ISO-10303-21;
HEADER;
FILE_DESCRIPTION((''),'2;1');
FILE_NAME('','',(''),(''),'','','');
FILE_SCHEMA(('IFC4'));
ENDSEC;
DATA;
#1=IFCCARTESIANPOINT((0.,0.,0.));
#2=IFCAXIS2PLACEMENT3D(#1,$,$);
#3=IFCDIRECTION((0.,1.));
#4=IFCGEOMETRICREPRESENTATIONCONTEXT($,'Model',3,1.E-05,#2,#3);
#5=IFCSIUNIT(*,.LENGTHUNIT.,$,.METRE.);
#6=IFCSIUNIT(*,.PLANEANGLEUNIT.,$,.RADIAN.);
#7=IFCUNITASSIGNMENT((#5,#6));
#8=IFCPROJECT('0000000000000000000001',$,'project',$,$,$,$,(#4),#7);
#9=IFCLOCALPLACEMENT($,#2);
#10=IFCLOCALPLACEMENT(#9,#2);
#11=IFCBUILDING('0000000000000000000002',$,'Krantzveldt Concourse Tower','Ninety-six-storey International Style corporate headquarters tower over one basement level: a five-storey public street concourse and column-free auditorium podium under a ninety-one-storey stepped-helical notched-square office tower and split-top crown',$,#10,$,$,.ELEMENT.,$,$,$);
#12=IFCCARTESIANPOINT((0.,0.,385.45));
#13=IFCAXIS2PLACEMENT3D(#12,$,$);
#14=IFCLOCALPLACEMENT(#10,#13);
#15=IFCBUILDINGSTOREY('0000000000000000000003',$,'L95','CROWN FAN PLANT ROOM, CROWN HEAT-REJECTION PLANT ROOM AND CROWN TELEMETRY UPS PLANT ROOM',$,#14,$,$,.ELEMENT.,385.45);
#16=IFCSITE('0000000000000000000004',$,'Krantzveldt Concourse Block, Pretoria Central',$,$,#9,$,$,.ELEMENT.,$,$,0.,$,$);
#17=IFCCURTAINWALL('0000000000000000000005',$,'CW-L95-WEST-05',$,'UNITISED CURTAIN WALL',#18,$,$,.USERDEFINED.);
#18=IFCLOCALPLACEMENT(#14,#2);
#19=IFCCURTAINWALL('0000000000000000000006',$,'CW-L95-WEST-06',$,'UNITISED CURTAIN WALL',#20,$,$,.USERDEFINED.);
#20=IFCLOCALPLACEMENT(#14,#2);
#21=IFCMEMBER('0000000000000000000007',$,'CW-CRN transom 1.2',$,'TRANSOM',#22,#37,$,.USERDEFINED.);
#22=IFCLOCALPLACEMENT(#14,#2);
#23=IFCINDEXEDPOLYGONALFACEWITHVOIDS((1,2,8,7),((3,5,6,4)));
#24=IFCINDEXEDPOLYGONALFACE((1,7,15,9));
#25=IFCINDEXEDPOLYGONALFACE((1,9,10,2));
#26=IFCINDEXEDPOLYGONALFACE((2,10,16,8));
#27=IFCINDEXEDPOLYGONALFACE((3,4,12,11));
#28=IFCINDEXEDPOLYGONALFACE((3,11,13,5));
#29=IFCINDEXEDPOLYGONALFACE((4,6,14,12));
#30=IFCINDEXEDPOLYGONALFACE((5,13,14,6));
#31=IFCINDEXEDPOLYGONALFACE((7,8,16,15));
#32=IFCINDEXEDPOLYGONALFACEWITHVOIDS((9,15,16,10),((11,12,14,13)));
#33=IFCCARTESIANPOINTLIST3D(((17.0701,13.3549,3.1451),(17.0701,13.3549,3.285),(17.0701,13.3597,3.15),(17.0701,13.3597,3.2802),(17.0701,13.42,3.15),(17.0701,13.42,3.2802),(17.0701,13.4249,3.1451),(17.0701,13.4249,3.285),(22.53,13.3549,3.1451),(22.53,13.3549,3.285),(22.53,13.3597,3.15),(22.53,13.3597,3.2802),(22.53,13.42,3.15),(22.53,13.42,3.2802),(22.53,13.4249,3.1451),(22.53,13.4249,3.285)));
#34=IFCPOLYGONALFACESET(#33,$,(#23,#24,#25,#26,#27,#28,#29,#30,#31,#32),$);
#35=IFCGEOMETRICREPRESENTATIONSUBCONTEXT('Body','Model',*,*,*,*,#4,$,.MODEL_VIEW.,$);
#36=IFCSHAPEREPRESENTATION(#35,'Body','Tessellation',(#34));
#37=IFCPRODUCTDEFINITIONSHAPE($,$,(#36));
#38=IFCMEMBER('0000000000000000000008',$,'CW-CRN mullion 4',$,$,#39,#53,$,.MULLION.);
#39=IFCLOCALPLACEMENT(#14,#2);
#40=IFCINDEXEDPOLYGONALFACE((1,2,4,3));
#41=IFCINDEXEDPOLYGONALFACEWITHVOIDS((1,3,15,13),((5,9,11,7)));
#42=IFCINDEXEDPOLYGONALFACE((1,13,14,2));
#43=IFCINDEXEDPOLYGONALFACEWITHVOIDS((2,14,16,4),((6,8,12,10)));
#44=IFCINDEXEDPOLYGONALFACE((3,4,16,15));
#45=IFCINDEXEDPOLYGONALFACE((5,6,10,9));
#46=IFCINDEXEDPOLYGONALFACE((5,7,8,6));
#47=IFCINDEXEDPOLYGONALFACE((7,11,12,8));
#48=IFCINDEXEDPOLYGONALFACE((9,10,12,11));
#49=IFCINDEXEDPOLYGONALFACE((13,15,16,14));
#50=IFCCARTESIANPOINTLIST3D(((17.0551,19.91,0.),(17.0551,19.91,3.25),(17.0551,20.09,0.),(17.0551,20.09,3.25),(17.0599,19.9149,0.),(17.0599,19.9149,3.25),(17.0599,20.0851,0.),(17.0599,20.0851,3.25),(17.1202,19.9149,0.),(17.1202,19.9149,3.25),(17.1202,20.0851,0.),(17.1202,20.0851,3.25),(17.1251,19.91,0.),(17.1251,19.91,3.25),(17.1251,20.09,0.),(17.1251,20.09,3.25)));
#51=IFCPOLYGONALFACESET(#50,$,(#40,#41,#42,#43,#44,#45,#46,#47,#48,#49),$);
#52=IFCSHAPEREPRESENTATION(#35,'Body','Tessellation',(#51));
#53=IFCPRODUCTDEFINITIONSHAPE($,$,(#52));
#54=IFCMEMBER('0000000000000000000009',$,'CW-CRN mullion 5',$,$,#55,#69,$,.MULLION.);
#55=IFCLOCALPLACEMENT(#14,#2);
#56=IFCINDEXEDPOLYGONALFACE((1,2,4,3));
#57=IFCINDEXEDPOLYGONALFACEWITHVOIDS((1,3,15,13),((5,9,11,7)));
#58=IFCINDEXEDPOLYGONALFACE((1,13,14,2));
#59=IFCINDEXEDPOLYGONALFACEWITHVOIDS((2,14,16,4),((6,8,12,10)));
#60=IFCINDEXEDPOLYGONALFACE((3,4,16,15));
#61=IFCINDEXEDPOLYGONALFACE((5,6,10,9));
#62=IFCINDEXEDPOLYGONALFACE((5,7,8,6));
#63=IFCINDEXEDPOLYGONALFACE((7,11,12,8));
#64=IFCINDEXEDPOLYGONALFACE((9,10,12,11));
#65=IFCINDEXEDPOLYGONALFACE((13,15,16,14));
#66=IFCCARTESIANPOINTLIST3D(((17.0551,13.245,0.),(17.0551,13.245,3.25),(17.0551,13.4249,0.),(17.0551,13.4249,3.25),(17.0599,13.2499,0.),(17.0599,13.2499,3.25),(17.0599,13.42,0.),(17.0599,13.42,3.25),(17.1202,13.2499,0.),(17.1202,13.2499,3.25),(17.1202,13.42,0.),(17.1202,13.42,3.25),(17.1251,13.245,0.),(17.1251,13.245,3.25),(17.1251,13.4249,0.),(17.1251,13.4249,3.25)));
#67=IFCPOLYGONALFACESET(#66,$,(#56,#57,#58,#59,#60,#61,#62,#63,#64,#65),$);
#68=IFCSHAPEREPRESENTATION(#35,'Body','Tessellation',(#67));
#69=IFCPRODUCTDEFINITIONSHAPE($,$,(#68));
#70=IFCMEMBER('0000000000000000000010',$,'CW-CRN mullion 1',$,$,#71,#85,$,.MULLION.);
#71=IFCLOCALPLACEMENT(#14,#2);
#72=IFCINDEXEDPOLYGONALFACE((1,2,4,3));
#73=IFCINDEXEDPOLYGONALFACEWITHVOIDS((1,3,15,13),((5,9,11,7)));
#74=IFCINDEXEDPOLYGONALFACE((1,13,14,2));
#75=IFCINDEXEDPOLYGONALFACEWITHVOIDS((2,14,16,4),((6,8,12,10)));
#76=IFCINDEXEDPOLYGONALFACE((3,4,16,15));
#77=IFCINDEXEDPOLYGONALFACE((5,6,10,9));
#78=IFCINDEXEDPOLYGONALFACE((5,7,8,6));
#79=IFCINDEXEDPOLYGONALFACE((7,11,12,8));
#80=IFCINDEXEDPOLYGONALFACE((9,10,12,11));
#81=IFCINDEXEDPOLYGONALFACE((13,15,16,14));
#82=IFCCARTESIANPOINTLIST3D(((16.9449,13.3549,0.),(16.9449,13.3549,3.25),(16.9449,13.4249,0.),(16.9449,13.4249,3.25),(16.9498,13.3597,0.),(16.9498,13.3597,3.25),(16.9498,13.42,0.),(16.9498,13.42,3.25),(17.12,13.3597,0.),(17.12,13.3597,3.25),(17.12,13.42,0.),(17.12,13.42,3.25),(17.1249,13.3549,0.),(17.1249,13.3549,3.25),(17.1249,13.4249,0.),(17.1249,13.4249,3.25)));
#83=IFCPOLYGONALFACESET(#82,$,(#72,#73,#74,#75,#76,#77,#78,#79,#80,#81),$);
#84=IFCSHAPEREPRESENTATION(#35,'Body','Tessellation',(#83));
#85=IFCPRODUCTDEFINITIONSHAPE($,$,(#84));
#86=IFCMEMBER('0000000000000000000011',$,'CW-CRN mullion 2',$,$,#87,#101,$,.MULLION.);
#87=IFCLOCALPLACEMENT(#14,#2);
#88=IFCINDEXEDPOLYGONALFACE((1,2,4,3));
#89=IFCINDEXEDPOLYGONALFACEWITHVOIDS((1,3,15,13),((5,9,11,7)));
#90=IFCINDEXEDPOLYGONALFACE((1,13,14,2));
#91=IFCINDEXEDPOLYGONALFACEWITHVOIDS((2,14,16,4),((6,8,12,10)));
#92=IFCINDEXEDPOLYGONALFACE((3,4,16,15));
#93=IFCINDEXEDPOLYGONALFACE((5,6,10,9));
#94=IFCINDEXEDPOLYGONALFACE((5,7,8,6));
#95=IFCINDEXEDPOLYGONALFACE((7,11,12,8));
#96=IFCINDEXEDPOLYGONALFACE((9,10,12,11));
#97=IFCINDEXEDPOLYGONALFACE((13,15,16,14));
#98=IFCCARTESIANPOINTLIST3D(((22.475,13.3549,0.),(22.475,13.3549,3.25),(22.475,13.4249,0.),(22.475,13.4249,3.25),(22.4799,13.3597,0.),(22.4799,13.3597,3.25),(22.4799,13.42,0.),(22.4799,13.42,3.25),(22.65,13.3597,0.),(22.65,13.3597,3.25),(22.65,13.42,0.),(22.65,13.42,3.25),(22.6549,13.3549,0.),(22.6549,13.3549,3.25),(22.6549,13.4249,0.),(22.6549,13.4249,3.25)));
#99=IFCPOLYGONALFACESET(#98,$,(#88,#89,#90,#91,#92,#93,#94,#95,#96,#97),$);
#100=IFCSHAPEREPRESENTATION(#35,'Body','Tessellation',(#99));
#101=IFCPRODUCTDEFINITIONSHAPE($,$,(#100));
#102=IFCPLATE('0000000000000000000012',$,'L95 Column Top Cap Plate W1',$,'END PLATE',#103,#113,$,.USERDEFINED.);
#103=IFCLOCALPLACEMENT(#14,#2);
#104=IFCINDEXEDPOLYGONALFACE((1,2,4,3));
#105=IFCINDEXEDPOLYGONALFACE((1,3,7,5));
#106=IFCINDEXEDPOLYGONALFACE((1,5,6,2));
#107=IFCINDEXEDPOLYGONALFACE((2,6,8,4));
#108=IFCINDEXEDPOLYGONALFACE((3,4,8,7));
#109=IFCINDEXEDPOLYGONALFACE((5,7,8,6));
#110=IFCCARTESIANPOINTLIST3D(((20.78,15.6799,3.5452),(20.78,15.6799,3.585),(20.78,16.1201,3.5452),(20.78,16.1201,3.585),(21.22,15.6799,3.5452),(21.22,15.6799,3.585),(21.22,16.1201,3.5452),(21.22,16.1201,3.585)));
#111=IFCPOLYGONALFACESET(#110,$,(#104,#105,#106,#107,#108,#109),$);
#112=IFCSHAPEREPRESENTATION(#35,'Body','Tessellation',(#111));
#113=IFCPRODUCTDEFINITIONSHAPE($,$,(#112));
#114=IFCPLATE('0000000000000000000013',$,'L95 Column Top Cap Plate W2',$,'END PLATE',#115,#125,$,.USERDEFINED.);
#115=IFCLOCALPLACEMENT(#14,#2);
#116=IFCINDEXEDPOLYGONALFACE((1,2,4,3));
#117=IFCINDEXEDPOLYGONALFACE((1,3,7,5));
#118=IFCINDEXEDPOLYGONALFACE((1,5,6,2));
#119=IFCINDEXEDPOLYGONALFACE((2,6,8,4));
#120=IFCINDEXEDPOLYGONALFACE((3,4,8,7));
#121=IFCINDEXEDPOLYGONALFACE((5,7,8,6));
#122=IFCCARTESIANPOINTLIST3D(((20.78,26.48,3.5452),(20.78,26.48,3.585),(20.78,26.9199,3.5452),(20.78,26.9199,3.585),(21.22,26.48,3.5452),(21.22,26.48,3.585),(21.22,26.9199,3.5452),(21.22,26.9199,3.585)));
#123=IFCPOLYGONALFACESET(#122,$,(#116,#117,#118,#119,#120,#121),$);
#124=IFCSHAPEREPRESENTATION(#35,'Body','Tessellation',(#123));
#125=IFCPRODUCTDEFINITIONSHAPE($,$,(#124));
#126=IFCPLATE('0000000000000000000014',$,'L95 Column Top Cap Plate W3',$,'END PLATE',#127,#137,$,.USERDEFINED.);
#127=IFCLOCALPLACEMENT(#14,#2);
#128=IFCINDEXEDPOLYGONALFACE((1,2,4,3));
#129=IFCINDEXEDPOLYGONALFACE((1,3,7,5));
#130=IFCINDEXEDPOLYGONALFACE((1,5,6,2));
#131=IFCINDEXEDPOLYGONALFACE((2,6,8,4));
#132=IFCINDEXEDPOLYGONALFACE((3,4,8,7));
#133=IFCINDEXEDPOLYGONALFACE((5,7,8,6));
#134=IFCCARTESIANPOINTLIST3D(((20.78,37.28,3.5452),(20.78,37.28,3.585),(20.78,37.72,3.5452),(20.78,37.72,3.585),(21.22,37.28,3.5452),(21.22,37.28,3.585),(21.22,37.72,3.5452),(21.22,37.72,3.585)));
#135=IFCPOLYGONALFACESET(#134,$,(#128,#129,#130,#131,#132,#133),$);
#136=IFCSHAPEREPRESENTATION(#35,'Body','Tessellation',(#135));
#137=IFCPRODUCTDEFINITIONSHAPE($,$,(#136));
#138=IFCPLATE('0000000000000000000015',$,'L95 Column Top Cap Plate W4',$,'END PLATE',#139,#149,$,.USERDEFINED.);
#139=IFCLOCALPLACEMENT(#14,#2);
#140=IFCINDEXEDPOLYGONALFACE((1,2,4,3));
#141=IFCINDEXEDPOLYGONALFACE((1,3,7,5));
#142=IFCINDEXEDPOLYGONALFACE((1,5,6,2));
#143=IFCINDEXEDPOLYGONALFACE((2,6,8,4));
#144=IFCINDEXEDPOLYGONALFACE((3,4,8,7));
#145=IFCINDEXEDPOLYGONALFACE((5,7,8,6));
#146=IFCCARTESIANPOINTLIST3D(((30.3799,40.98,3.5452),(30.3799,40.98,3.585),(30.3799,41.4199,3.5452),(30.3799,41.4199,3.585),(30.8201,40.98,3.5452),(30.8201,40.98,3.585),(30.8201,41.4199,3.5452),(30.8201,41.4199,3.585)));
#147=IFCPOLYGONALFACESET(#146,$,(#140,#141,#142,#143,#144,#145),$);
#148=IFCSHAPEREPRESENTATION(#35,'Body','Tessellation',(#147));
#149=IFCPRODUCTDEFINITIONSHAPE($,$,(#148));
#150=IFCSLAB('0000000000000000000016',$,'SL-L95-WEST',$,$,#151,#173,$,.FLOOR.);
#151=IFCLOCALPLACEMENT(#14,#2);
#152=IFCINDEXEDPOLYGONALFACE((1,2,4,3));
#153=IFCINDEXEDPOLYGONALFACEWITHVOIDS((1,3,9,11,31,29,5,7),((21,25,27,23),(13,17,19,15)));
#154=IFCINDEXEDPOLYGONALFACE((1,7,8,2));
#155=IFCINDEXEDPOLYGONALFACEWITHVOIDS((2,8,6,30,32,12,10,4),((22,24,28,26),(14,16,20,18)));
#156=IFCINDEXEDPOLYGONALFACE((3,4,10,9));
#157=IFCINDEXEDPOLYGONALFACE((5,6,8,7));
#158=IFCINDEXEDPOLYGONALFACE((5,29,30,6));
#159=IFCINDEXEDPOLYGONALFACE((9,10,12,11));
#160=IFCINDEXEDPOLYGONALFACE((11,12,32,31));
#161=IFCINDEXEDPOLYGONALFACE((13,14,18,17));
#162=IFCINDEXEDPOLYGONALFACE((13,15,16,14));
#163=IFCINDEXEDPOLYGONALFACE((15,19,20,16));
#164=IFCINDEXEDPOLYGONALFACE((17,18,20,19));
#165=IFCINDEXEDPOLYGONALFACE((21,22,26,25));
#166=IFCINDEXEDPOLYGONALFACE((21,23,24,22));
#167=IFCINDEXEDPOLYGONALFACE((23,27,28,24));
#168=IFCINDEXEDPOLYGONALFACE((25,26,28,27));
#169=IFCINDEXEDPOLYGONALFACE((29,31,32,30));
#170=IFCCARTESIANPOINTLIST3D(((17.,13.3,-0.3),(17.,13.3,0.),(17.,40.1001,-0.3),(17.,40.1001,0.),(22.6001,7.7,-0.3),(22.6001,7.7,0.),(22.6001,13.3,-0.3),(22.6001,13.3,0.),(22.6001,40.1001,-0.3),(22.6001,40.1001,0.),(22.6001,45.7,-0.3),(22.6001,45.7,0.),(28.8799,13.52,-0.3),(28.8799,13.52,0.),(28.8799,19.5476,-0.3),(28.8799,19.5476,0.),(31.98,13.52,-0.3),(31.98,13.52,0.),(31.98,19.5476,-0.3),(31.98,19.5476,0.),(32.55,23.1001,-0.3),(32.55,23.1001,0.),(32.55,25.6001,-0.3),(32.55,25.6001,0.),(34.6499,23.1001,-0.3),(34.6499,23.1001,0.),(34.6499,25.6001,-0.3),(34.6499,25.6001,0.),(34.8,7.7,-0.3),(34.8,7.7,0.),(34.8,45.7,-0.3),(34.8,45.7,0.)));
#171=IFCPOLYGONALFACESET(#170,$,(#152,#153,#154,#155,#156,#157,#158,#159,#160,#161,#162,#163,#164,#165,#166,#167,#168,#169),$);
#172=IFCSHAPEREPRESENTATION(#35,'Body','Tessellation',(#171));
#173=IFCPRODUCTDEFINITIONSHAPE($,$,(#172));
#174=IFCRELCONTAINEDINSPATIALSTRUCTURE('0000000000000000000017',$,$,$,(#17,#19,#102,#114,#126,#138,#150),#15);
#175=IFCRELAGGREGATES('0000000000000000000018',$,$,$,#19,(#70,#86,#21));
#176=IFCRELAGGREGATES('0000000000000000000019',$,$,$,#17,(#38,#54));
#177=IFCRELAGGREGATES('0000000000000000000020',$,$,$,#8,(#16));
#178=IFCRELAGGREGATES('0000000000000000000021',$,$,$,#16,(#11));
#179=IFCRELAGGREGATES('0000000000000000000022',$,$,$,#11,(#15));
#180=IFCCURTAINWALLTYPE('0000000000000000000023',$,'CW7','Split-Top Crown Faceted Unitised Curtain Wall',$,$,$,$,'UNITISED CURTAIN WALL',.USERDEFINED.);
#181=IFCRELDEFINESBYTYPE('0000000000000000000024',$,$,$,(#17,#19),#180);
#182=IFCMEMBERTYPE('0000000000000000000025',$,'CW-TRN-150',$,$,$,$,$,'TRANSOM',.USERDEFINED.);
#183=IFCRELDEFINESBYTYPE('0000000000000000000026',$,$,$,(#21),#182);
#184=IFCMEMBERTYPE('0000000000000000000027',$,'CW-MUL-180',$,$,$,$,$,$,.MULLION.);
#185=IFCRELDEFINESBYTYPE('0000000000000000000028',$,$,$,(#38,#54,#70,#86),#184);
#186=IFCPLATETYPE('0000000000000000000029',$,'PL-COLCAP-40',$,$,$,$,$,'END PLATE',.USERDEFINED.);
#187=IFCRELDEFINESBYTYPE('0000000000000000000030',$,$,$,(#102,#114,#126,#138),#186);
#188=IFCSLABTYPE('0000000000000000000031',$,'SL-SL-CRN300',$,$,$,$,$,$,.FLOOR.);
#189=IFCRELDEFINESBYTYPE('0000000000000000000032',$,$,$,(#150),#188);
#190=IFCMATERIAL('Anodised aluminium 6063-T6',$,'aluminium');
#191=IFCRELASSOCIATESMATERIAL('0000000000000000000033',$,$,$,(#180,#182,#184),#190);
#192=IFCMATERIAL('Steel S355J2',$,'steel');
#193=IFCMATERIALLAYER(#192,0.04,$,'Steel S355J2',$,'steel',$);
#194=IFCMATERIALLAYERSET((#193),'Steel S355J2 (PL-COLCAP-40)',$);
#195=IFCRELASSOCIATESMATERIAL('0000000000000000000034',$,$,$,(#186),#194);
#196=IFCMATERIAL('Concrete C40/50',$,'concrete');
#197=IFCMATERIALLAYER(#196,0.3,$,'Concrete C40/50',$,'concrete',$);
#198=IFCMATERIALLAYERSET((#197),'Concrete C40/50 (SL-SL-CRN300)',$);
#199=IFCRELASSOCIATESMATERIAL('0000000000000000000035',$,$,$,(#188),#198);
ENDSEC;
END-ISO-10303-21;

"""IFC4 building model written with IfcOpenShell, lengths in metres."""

from ifc_helpers import new_model, si_unit, direction, frame, origin, origin_2d, place, context, subcontext, project, spatial, polyline, hollow_rectangle, outline, extrude, source, transform, mapped, material, layer, layer_set, material_profile, profile_set, type_object, type_shapes, element, aggregate, save


model = new_model("IFC4")

# Units and contexts
model_context = context("Model", 3, precision=1e-05, world=origin(), true_north=direction((0.0, 1.0)))
body_context = subcontext(model_context, "Body", "Model", "MODEL_VIEW")
ifc_project = project(units=[si_unit("LENGTHUNIT", "METRE"), si_unit("PLANEANGLEUNIT", "RADIAN")], contexts=[model_context])

# Site, building, storey
site_placement = place(None, origin())
site = spatial("IfcSite", under=ifc_project, at=site_placement, Name="Krantzveldt Concourse Block, Pretoria Central", CompositionType="ELEMENT", RefElevation=0.0)
building_placement = place(site_placement, origin())
building = spatial("IfcBuilding", under=site, at=building_placement, Name="Krantzveldt Concourse Tower", Description="Ninety-six-storey International Style corporate headquarters tower over one basement level: a five-storey public street concourse and column-free auditorium podium under a ninety-one-storey stepped-helical notched-square office tower and split-top crown", CompositionType="ELEMENT")
storey_placement = place(building_placement, frame((0.0, 0.0, 385.45)))
storey = spatial("IfcBuildingStorey", under=building, at=storey_placement, Name="L95", Description="CROWN FAN PLANT ROOM, CROWN HEAT-REJECTION PLANT ROOM AND CROWN TELEMETRY UPS PLANT ROOM", CompositionType="ELEMENT", Elevation=385.45)

# Shared definitions
ifc_material_1 = material(Name="Steel S355J2", Category="steel")

# Curtain walls, member
ifc_material_2 = material(Name="Anodised aluminium 6063-T6", Category="aluminium")
curtain_wall_type = type_object("IfcCurtainWallType", Name="CW7", Description="Split-Top Crown Faceted Unitised Curtain Wall", ElementType="UNITISED CURTAIN WALL", PredefinedType="USERDEFINED", material=ifc_material_2)
curtain_wall_1_placement = place(storey_placement, origin())
curtain_wall_1 = element("IfcCurtainWall", 1, at=curtain_wall_1_placement, inside=storey, type_object=curtain_wall_type, Name="CW-L95-WEST-05", ObjectType="UNITISED CURTAIN WALL", PredefinedType="USERDEFINED")
ifc_material_profile_1 = material_profile(ifc_material_2, hollow_rectangle(XDim=0.0701, YDim=0.1399, WallThickness=0.0049, at=origin_2d()), Name="Anodised aluminium 6063-T6", Category="aluminium")
ifc_profile_set_1 = profile_set([ifc_material_profile_1], Name="Anodised aluminium 6063-T6 - ALU-TRAN 140x70x5")
member_type_1 = type_object("IfcMemberType", Name="CW-TRN-150", ElementType="TRANSOM", PredefinedType="USERDEFINED", material=ifc_profile_set_1)
curtain_wall_2_placement = place(storey_placement, origin())
curtain_wall_2 = element("IfcCurtainWall", 2, at=curtain_wall_2_placement, inside=storey, type_object=curtain_wall_type, Name="CW-L95-WEST-06", ObjectType="UNITISED CURTAIN WALL", PredefinedType="USERDEFINED")
shared_shape_1 = source(origin(), body_context, "Body", "SweptSolid", [
    extrude(hollow_rectangle(XDim=0.0701, YDim=0.1399, WallThickness=0.0049, at=origin_2d()), origin(), (0.0, 0.0, 1.0), 5.46),
])
member_1_placement = place(storey_placement, frame((17.0701, 13.3899, 3.2151), z_axis=(1.0, 0.0, 0.0), x_axis=(0.0, 1.0, 0.0)))
member_1 = element("IfcMember", 3, at=member_1_placement, type_object=member_type_1, Name="CW-CRN transom 1.2", ObjectType="TRANSOM", PredefinedType="USERDEFINED", context=body_context, shape_type="MappedRepresentation", body=[
    mapped(shared_shape_1, transform((0.0, 0.0, 0.0), x_axis=(1.0, 0.0, 0.0), y_axis=(0.0, 1.0, 0.0), z_axis=(0.0, 0.0, 1.0), scale=1.0)),
])

# Members
ifc_material_profile_2 = material_profile(ifc_material_2, hollow_rectangle(XDim=0.0701, YDim=0.1799, WallThickness=0.0049, at=origin_2d()), Name="Anodised aluminium 6063-T6", Category="aluminium")
ifc_profile_set_2 = profile_set([ifc_material_profile_2], Name="Anodised aluminium 6063-T6 - ALU-MULL 180x70x5")
member_type_2 = type_object("IfcMemberType", Name="CW-MUL-180", PredefinedType="MULLION", material=ifc_profile_set_2)
shared_shape_2 = source(origin(), body_context, "Body", "SweptSolid", [
    extrude(hollow_rectangle(XDim=0.0701, YDim=0.1799, WallThickness=0.0049, at=origin_2d()), origin(), (0.0, 0.0, 1.0), 3.25),
])
type_shapes(member_type_2, [shared_shape_2])
member_2_placement = place(storey_placement, frame((17.0901, 20.0, 0.0), z_axis=(0.0, 0.0, 1.0), x_axis=(1.0, 0.0, 0.0)))
member_2 = element("IfcMember", 4, at=member_2_placement, type_object=member_type_2, Name="CW-CRN mullion 4", PredefinedType="MULLION", context=body_context, shape_type="MappedRepresentation", body=[
    mapped(shared_shape_2, transform((0.0, 0.0, 0.0), x_axis=(1.0, 0.0, 0.0), y_axis=(0.0, 1.0, 0.0), z_axis=(0.0, 0.0, 1.0), scale=1.0)),
])
member_3_placement = place(storey_placement, frame((17.0901, 13.335, 0.0), z_axis=(0.0, 0.0, 1.0), x_axis=(1.0, 0.0, 0.0)))
member_3 = element("IfcMember", 5, at=member_3_placement, type_object=member_type_2, Name="CW-CRN mullion 5", PredefinedType="MULLION", context=body_context, shape_type="MappedRepresentation", body=[
    mapped(shared_shape_2, transform((0.0, 0.0, 0.0), x_axis=(1.0, 0.0, 0.0), y_axis=(0.0, 1.0, 0.0), z_axis=(0.0, 0.0, 1.0), scale=1.0)),
])
member_4_placement = place(storey_placement, frame((17.0349, 13.3899, 0.0), z_axis=(0.0, 0.0, 1.0), x_axis=(0.0, 1.0, 0.0)))
member_4 = element("IfcMember", 6, at=member_4_placement, type_object=member_type_2, Name="CW-CRN mullion 1", PredefinedType="MULLION", context=body_context, shape_type="MappedRepresentation", body=[
    mapped(shared_shape_2, transform((0.0, 0.0, 0.0), x_axis=(1.0, 0.0, 0.0), y_axis=(0.0, 1.0, 0.0), z_axis=(0.0, 0.0, 1.0), scale=1.0)),
])
member_5_placement = place(storey_placement, frame((22.5649, 13.3899, 0.0), z_axis=(0.0, 0.0, 1.0), x_axis=(0.0, 1.0, 0.0)))
member_5 = element("IfcMember", 7, at=member_5_placement, type_object=member_type_2, Name="CW-CRN mullion 2", PredefinedType="MULLION", context=body_context, shape_type="MappedRepresentation", body=[
    mapped(shared_shape_2, transform((0.0, 0.0, 0.0), x_axis=(1.0, 0.0, 0.0), y_axis=(0.0, 1.0, 0.0), z_axis=(0.0, 0.0, 1.0), scale=1.0)),
])

# Plates
ifc_layer_1 = layer(ifc_material_1, 0.04, Name="Steel S355J2", Category="steel")
ifc_layer_set_1 = layer_set([ifc_layer_1], Name="Steel S355J2 (PL-COLCAP-40)")
plate_type_1 = type_object("IfcPlateType", Name="PL-COLCAP-40", ElementType="END PLATE", PredefinedType="USERDEFINED", material=ifc_layer_set_1)
plate_1_placement = place(storey_placement, frame((0.0, 0.0, 3.5452)))
element("IfcPlate", 8, at=plate_1_placement, inside=storey, type_object=plate_type_1, Name="L95 Column Top Cap Plate W1", ObjectType="END PLATE", PredefinedType="USERDEFINED", context=body_context, shape_type="SweptSolid", body=[
    extrude(outline(polyline([(20.78, 15.6799), (21.22, 15.6799), (21.22, 16.1201), (20.78, 16.1201), (20.78, 15.6799)])), origin(), (0.0, 0.0, 1.0), 0.0398),
])
plate_2_placement = place(storey_placement, frame((0.0, 0.0, 3.5452)))
element("IfcPlate", 9, at=plate_2_placement, inside=storey, type_object=plate_type_1, Name="L95 Column Top Cap Plate W2", ObjectType="END PLATE", PredefinedType="USERDEFINED", context=body_context, shape_type="SweptSolid", body=[
    extrude(outline(polyline([(20.78, 26.48), (21.22, 26.48), (21.22, 26.9199), (20.78, 26.9199), (20.78, 26.48)])), origin(), (0.0, 0.0, 1.0), 0.0398),
])
plate_3_placement = place(storey_placement, frame((0.0, 0.0, 3.5452)))
element("IfcPlate", 10, at=plate_3_placement, inside=storey, type_object=plate_type_1, Name="L95 Column Top Cap Plate W3", ObjectType="END PLATE", PredefinedType="USERDEFINED", context=body_context, shape_type="SweptSolid", body=[
    extrude(outline(polyline([(20.78, 37.28), (21.22, 37.28), (21.22, 37.72), (20.78, 37.72), (20.78, 37.28)])), origin(), (0.0, 0.0, 1.0), 0.0398),
])
plate_4_placement = place(storey_placement, frame((0.0, 0.0, 3.5452)))
element("IfcPlate", 11, at=plate_4_placement, inside=storey, type_object=plate_type_1, Name="L95 Column Top Cap Plate W4", ObjectType="END PLATE", PredefinedType="USERDEFINED", context=body_context, shape_type="SweptSolid", body=[
    extrude(outline(polyline([(30.3799, 40.98), (30.8201, 40.98), (30.8201, 41.4199), (30.3799, 41.4199), (30.3799, 40.98)])), origin(), (0.0, 0.0, 1.0), 0.0398),
])

# Slab
ifc_material_3 = material(Name="Concrete C40/50", Category="concrete")
ifc_layer_2 = layer(ifc_material_3, 0.3, Name="Concrete C40/50", Category="concrete")
ifc_layer_set_2 = layer_set([ifc_layer_2], Name="Concrete C40/50 (SL-SL-CRN300)")
slab_type = type_object("IfcSlabType", Name="SL-SL-CRN300", PredefinedType="FLOOR", material=ifc_layer_set_2)
slab_1_placement = place(storey_placement, frame((0.0, 0.0, -0.3)))
element("IfcSlab", 12, at=slab_1_placement, inside=storey, type_object=slab_type, Name="SL-L95-WEST", PredefinedType="FLOOR", context=body_context, shape_type="SweptSolid", body=[
    extrude(outline(polyline([(22.6001, 7.7), (34.8, 7.7), (34.8, 45.7), (22.6001, 45.7), (22.6001, 40.1001), (17.0, 40.1001), (17.0, 13.3), (22.6001, 13.3), (22.6001, 7.7)]), holes=[polyline([(28.8799, 19.5476), (28.8799, 13.52), (31.98, 13.52), (31.98, 19.5476), (28.8799, 19.5476)]), polyline([(32.55, 23.1001), (34.6499, 23.1001), (34.6499, 25.6001), (32.55, 25.6001), (32.55, 23.1001)])]), origin(), (0.0, 0.0, 1.0), 0.3),
])

aggregate(curtain_wall_2, [member_4, member_5, member_1])
aggregate(curtain_wall_1, [member_2, member_3])

save(model, "model.ifc")
